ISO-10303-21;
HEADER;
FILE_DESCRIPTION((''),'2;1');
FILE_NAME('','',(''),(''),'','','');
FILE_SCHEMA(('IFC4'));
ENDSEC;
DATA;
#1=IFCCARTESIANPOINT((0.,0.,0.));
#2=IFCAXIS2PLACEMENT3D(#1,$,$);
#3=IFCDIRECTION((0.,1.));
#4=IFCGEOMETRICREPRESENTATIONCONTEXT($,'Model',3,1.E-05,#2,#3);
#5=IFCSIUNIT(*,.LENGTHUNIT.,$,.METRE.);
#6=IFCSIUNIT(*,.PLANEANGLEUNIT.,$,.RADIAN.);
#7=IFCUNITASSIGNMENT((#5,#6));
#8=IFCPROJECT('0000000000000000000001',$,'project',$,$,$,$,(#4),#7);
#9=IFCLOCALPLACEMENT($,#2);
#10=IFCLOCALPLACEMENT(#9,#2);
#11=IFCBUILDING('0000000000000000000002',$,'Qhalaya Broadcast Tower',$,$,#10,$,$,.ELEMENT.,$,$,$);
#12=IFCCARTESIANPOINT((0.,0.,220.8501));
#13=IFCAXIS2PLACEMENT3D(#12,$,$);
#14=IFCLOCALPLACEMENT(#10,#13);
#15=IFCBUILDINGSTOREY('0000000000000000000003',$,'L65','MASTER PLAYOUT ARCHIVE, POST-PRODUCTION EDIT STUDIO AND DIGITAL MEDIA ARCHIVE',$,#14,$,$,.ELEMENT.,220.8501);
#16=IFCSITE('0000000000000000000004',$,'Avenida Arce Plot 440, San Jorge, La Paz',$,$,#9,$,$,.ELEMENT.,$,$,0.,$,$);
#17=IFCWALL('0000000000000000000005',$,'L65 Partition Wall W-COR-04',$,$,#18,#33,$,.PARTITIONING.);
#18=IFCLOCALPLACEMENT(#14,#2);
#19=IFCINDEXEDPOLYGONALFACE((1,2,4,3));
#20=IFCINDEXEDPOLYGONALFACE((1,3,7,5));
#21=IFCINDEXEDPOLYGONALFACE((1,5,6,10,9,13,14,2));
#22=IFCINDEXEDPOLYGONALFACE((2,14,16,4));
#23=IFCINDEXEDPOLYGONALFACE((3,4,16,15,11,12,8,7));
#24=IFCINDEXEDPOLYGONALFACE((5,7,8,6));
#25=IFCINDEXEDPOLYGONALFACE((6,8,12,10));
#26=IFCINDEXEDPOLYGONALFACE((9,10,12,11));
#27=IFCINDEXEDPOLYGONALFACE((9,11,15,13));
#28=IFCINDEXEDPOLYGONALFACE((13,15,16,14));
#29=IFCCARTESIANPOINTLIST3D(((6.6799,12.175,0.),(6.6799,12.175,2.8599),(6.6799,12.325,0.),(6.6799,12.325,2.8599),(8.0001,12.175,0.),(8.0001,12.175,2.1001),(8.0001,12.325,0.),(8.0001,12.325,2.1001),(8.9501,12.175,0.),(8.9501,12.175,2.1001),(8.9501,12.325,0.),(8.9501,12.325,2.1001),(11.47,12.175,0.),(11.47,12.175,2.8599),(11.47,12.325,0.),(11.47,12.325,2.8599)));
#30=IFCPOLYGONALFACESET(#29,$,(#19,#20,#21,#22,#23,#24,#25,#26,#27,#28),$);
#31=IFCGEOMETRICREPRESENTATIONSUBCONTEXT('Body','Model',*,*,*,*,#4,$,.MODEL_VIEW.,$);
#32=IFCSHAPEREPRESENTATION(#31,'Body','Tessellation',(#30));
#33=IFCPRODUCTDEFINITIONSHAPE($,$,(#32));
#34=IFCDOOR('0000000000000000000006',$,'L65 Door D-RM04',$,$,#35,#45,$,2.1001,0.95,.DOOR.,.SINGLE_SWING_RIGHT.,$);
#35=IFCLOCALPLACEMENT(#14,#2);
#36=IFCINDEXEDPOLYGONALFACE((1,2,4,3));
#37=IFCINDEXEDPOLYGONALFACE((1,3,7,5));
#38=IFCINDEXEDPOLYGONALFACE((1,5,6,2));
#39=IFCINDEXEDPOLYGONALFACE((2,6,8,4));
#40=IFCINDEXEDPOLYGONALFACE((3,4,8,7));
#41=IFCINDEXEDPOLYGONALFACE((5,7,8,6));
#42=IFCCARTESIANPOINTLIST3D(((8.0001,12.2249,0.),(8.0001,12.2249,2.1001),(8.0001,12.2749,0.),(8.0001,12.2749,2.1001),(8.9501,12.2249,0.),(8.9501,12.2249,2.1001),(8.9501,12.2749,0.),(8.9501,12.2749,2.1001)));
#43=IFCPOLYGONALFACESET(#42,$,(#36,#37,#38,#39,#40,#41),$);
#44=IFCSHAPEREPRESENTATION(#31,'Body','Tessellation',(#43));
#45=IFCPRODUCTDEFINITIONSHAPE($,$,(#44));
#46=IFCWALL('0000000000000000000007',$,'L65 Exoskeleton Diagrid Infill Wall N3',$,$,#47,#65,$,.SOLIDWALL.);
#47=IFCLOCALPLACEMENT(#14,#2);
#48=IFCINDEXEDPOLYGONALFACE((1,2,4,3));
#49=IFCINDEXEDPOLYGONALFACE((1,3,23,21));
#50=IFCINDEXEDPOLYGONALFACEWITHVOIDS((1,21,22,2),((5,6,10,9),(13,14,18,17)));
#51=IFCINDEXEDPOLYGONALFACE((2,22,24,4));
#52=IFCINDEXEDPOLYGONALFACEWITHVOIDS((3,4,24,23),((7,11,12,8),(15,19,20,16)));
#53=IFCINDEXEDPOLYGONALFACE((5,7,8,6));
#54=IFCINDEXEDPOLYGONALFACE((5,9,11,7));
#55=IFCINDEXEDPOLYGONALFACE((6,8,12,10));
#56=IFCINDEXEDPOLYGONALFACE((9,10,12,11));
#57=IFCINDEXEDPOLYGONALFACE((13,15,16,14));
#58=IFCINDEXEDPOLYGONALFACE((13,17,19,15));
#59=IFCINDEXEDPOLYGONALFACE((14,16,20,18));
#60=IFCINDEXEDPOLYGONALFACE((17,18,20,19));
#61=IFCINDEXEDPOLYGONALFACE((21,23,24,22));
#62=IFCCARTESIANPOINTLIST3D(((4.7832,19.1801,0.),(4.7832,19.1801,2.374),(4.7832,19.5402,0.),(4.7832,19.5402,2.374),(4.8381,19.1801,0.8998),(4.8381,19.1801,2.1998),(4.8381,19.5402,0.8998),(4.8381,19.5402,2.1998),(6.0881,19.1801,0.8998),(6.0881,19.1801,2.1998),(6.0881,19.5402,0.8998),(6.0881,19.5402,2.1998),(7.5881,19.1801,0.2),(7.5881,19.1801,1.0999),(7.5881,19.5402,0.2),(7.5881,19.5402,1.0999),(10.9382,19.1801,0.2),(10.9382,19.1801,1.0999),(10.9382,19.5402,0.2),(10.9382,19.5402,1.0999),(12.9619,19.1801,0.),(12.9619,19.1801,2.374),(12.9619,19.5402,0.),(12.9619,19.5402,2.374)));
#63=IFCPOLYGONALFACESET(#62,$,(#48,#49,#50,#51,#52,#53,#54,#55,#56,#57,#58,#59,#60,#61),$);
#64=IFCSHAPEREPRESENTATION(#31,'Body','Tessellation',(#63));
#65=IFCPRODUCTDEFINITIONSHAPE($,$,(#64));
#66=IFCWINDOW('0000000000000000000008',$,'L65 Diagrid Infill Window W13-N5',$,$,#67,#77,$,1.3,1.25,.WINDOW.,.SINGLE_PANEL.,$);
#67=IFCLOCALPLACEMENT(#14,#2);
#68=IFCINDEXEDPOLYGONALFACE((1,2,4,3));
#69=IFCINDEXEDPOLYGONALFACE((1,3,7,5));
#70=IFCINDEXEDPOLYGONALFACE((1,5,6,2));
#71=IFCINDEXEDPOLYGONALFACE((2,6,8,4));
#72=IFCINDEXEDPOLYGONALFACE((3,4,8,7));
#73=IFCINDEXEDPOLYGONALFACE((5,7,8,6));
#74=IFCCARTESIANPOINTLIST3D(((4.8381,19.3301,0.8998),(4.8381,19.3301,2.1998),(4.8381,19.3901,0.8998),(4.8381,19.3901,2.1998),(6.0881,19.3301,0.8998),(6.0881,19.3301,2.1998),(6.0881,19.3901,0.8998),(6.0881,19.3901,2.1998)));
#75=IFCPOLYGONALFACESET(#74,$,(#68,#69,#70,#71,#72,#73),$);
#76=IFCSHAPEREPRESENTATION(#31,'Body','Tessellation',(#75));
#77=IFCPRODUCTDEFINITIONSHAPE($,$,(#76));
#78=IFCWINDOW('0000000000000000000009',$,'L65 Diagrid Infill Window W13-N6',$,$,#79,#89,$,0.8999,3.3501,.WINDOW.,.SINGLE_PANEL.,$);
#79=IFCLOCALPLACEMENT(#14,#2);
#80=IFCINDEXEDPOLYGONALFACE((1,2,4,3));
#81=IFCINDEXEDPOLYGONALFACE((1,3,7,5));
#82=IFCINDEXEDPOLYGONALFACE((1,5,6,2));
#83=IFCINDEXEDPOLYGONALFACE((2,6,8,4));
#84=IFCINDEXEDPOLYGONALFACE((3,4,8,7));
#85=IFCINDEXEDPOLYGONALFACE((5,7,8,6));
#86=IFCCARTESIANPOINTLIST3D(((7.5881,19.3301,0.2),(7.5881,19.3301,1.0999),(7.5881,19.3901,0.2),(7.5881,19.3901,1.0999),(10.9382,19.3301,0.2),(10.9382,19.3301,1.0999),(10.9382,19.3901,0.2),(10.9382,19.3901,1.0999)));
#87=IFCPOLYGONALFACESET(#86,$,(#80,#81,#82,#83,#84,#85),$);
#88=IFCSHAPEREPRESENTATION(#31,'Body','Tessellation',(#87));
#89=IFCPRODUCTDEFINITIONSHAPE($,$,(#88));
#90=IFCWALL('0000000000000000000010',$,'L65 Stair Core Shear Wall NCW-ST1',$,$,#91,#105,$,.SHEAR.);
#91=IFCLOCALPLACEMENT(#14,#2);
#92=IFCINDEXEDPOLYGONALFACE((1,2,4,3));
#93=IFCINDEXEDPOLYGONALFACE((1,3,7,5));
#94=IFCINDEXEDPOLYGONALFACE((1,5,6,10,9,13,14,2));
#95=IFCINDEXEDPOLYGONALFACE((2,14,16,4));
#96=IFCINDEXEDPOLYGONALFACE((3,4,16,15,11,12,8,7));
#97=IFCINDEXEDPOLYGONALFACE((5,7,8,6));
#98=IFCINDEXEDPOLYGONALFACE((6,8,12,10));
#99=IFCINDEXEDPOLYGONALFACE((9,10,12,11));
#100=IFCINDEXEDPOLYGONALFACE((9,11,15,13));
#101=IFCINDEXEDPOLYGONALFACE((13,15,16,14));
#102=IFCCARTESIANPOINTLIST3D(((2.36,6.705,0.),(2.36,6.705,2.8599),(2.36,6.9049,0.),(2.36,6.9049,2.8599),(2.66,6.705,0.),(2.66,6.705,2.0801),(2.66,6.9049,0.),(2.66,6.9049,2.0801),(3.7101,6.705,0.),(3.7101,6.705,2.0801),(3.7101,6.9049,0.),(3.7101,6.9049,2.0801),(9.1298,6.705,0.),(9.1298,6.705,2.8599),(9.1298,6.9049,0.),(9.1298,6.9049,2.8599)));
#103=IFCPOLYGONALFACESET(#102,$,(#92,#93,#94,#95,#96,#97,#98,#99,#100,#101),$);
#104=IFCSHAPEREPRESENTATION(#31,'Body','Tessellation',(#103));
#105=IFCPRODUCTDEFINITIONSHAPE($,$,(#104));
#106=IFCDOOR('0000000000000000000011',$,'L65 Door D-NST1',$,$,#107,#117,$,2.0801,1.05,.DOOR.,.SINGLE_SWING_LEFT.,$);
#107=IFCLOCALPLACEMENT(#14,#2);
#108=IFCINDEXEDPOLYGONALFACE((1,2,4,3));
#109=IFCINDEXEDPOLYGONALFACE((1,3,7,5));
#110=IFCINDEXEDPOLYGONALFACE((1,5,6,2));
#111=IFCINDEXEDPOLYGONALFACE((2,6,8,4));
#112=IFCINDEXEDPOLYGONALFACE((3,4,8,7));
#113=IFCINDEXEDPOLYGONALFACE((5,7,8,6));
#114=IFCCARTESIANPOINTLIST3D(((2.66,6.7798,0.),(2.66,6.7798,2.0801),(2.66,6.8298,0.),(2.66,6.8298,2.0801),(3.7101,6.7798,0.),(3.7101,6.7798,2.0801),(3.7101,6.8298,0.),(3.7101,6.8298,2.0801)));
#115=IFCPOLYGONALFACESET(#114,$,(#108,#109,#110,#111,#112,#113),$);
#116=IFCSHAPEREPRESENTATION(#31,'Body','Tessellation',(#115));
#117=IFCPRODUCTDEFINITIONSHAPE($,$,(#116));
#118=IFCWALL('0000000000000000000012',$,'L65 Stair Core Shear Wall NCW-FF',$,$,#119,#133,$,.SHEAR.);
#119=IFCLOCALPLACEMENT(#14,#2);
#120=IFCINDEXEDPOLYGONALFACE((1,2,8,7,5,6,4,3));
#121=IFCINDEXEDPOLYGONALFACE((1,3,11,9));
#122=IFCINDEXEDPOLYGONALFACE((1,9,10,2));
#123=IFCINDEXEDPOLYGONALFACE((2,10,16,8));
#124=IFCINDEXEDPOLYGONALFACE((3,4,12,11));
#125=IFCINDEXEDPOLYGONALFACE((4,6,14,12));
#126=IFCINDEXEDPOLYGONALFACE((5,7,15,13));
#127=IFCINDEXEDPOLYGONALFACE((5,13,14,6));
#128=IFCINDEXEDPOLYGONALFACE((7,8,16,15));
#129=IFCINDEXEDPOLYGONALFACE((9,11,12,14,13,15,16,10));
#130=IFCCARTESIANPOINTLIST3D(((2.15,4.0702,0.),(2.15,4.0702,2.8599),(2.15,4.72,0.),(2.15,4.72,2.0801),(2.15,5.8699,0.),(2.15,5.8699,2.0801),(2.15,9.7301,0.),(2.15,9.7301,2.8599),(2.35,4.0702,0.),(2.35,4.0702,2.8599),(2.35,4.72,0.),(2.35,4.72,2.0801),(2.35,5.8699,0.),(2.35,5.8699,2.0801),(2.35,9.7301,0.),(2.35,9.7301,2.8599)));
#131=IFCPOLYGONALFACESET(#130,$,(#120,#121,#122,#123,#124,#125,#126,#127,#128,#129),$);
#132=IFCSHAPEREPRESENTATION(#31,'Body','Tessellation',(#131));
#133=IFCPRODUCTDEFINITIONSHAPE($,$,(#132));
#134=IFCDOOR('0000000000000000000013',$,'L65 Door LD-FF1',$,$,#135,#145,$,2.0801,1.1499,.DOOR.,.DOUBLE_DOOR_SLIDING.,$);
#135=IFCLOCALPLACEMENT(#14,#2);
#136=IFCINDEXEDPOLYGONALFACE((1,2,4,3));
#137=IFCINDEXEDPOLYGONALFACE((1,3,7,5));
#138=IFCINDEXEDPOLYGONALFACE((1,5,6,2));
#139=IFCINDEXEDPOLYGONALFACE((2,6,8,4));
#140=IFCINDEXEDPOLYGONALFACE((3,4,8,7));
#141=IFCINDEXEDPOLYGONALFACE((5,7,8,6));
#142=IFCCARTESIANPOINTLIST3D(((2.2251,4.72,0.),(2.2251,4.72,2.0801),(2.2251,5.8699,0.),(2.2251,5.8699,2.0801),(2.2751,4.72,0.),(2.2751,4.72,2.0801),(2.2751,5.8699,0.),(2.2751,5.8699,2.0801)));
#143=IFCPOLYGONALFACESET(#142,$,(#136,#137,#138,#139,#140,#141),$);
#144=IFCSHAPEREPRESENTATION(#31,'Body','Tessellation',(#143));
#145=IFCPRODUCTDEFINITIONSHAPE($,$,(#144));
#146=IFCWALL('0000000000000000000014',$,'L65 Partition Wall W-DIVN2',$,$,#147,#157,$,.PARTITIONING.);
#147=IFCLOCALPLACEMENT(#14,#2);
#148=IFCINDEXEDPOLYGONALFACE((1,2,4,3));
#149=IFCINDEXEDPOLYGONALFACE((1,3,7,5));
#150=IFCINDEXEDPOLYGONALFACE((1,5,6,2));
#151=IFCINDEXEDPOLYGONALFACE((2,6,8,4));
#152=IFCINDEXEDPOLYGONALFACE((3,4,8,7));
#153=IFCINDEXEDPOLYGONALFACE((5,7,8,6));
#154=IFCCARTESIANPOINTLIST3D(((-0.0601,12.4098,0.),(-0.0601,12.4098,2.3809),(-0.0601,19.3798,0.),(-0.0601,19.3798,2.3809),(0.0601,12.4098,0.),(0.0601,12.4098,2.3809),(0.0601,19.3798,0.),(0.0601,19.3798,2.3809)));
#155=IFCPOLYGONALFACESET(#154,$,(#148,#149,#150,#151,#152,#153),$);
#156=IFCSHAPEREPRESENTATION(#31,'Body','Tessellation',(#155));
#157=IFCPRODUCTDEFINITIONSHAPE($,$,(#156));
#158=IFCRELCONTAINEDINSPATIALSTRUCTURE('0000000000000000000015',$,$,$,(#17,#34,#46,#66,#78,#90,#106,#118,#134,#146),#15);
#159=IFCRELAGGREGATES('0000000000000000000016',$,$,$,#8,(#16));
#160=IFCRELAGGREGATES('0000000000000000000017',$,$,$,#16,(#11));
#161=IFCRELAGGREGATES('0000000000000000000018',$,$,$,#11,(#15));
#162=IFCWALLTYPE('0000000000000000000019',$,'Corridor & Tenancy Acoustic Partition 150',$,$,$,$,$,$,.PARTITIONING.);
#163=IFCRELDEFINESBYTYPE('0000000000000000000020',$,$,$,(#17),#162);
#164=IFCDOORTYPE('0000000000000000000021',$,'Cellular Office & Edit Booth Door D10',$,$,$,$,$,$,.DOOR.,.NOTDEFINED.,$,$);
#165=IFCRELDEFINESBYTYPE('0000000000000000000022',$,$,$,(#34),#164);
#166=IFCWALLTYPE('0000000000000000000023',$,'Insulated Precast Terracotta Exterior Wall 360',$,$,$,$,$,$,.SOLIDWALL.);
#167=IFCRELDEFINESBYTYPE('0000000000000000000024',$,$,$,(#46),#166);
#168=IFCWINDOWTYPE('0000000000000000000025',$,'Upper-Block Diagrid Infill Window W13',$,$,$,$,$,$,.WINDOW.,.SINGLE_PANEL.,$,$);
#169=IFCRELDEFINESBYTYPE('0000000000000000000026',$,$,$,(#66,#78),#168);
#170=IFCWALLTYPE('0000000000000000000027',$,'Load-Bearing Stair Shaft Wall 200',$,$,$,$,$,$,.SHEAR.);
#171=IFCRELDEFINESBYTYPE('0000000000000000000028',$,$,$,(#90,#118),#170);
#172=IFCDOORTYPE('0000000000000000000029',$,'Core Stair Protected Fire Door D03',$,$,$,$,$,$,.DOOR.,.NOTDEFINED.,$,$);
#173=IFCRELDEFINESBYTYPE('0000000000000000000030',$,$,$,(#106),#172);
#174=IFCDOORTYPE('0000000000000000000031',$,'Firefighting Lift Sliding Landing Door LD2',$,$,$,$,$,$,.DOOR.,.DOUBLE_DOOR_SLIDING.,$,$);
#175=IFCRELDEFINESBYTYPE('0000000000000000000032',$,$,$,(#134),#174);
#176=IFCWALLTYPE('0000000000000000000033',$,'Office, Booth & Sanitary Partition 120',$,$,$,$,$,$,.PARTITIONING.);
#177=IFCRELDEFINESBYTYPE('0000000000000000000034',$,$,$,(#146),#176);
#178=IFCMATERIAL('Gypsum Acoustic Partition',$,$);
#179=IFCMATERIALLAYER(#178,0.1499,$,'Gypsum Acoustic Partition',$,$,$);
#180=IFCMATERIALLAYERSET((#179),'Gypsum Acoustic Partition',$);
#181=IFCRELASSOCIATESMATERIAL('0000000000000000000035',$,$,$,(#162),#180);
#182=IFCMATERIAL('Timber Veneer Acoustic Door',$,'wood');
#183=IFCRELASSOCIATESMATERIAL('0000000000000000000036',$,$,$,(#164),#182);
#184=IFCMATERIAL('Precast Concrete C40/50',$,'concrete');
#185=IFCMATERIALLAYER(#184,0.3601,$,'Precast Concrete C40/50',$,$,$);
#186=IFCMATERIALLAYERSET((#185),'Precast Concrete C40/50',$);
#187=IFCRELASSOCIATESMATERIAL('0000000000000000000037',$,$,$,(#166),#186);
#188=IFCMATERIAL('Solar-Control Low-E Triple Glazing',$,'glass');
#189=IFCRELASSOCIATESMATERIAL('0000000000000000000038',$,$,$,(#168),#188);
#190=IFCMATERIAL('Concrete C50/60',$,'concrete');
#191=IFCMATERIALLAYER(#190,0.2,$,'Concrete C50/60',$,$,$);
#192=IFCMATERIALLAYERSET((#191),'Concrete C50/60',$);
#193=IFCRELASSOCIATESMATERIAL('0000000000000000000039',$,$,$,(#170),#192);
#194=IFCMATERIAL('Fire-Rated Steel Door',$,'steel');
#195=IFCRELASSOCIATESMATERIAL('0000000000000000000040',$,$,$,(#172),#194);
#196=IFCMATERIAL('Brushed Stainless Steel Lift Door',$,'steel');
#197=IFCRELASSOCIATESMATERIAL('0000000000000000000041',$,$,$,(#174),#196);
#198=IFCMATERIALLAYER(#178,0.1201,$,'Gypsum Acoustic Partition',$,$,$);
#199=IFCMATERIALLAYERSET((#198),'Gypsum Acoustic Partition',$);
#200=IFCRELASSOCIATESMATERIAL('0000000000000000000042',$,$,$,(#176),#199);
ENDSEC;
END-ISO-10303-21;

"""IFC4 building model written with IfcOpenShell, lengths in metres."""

from ifc_helpers import new_model, si_unit, direction, frame, frame_2d, origin, place, context, subcontext, project, spatial, rectangle, extrude, material, layer, layer_set, type_object, element, fill, save


model = new_model("IFC4")

# Units and contexts
model_context = context("Model", 3, precision=1e-05, world=origin(), true_north=direction((0.0, 1.0)))
body_context = subcontext(model_context, "Body", "Model", "MODEL_VIEW")
ifc_project = project(units=[si_unit("LENGTHUNIT", "METRE"), si_unit("PLANEANGLEUNIT", "RADIAN")], contexts=[model_context])

# Site, building, storey
site_placement = place(None, origin())
site = spatial("IfcSite", under=ifc_project, at=site_placement, Name="Avenida Arce Plot 440, San Jorge, La Paz", CompositionType="ELEMENT", RefElevation=0.0)
building_placement = place(site_placement, origin())
building = spatial("IfcBuilding", under=site, at=building_placement, Name="Qhalaya Broadcast Tower", CompositionType="ELEMENT")
storey_placement = place(building_placement, frame((0.0, 0.0, 220.8501)))
storey = spatial("IfcBuildingStorey", under=building, at=storey_placement, Name="L65", Description="MASTER PLAYOUT ARCHIVE, POST-PRODUCTION EDIT STUDIO AND DIGITAL MEDIA ARCHIVE", CompositionType="ELEMENT", Elevation=220.8501)

# Shared definitions
ifc_material_1 = material(Name="Concrete C50/60", Category="concrete")

# Wall, opening, door
ifc_material_2 = material(Name="Gypsum Acoustic Partition")
ifc_layer_1 = layer(ifc_material_2, 0.1499, Name="Gypsum Acoustic Partition")
ifc_layer_set_1 = layer_set([ifc_layer_1], Name="Gypsum Acoustic Partition")
wall_type_1 = type_object("IfcWallType", Name="Corridor & Tenancy Acoustic Partition 150", PredefinedType="PARTITIONING", material=ifc_layer_set_1)
ifc_material_3 = material(Name="Timber Veneer Acoustic Door", Category="wood")
door_type_1 = type_object("IfcDoorType", Name="Cellular Office & Edit Booth Door D10", OperationType="NOTDEFINED", PredefinedType="DOOR", material=ifc_material_3)
wall_1_placement = place(storey_placement, frame((6.6799, 12.25, 0.0), z_axis=(0.0, 0.0, 1.0), x_axis=(1.0, 0.0, 0.0)))
wall_1 = element("IfcWall", 1, at=wall_1_placement, inside=storey, type_object=wall_type_1, Name="L65 Partition Wall W-COR-04", PredefinedType="PARTITIONING", context=body_context, shape_type="SweptSolid", body=[
    extrude(rectangle(XDim=4.79, YDim=0.1499, at=frame_2d((2.395, 0.0))), origin(), (0.0, 0.0, 1.0), 2.8599),
])
opening_1_placement = place(wall_1_placement, frame((1.3201, 0.0, 0.0)))
opening_1 = element("IfcOpeningElement", 2, at=opening_1_placement, cuts=wall_1, PredefinedType="OPENING", context=body_context, shape_type="SweptSolid", body=[
    extrude(rectangle(XDim=0.95, YDim=2.1001, at=frame_2d((0.4751, 1.05))), frame((0.0, 0.0869, 0.0), z_axis=(0.0, -1.0, 0.0), x_axis=(1.0, 0.0, 0.0)), (0.0, 0.0, 1.0), 0.1738),
])
door_1_placement = place(opening_1_placement, origin())
door_1 = element("IfcDoor", 3, at=door_1_placement, inside=storey, type_object=door_type_1, Name="L65 Door D-RM04", OperationType="SINGLE_SWING_RIGHT", OverallHeight=2.1001, OverallWidth=0.95, PredefinedType="DOOR", context=body_context, shape_type="SweptSolid", body=[
    extrude(rectangle(XDim=0.95, YDim=2.1001, at=frame_2d((0.4751, 1.05))), frame((0.0, 0.0249, 0.0), z_axis=(0.0, -1.0, 0.0), x_axis=(1.0, 0.0, 0.0)), (0.0, 0.0, 1.0), 0.05),
])
fill(opening_1, door_1)

# Wall, openings, windows
ifc_material_4 = material(Name="Precast Concrete C40/50", Category="concrete")
ifc_layer_2 = layer(ifc_material_4, 0.3601, Name="Precast Concrete C40/50")
ifc_layer_set_2 = layer_set([ifc_layer_2], Name="Precast Concrete C40/50")
wall_type_2 = type_object("IfcWallType", Name="Insulated Precast Terracotta Exterior Wall 360", PredefinedType="SOLIDWALL", material=ifc_layer_set_2)
wall_2_placement = place(storey_placement, frame((4.7832, 19.3601, 0.0), z_axis=(0.0, 0.0, 1.0), x_axis=(1.0, 0.0, 0.0)))
wall_2 = element("IfcWall", 4, at=wall_2_placement, inside=storey, type_object=wall_type_2, Name="L65 Exoskeleton Diagrid Infill Wall N3", PredefinedType="SOLIDWALL", context=body_context, shape_type="SweptSolid", body=[
    extrude(rectangle(XDim=8.1787, YDim=0.3601, at=frame_2d((4.0894, 0.0))), origin(), (0.0, 0.0, 1.0), 2.374),
])
opening_2_placement = place(wall_2_placement, frame((0.0549, 0.0, 0.8999)))
opening_2 = element("IfcOpeningElement", 5, at=opening_2_placement, cuts=wall_2, PredefinedType="OPENING", context=body_context, shape_type="SweptSolid", body=[
    extrude(rectangle(XDim=1.25, YDim=1.3, at=frame_2d((0.625, 0.6499))), frame((0.0, 0.1921, 0.0), z_axis=(0.0, -1.0, 0.0), x_axis=(1.0, 0.0, 0.0)), (0.0, 0.0, 1.0), 0.384),
])
opening_3_placement = place(wall_2_placement, frame((2.8049, 0.0, 0.2)))
opening_3 = element("IfcOpeningElement", 6, at=opening_3_placement, cuts=wall_2, PredefinedType="OPENING", context=body_context, shape_type="SweptSolid", body=[
    extrude(rectangle(XDim=3.3501, YDim=0.8999, at=frame_2d((1.675, 0.45))), frame((0.0, 0.1921, 0.0), z_axis=(0.0, -1.0, 0.0), x_axis=(1.0, 0.0, 0.0)), (0.0, 0.0, 1.0), 0.384),
])
ifc_material_5 = material(Name="Solar-Control Low-E Triple Glazing", Category="glass")
window_type = type_object("IfcWindowType", Name="Upper-Block Diagrid Infill Window W13", PartitioningType="SINGLE_PANEL", PredefinedType="WINDOW", material=ifc_material_5)
window_1_placement = place(opening_2_placement, origin())
window_1 = element("IfcWindow", 7, at=window_1_placement, inside=storey, type_object=window_type, Name="L65 Diagrid Infill Window W13-N5", OverallHeight=1.3, OverallWidth=1.25, PartitioningType="SINGLE_PANEL", PredefinedType="WINDOW", context=body_context, shape_type="SweptSolid", body=[
    extrude(rectangle(XDim=1.25, YDim=1.3, at=frame_2d((0.625, 0.6499))), frame((0.0, 0.03, 0.0), z_axis=(0.0, -1.0, 0.0), x_axis=(1.0, 0.0, 0.0)), (0.0, 0.0, 1.0), 0.0601),
])
fill(opening_2, window_1)
window_2_placement = place(opening_3_placement, origin())
window_2 = element("IfcWindow", 8, at=window_2_placement, inside=storey, type_object=window_type, Name="L65 Diagrid Infill Window W13-N6", OverallHeight=0.8999, OverallWidth=3.3501, PartitioningType="SINGLE_PANEL", PredefinedType="WINDOW", context=body_context, shape_type="SweptSolid", body=[
    extrude(rectangle(XDim=3.3501, YDim=0.8999, at=frame_2d((1.675, 0.45))), frame((0.0, 0.03, 0.0), z_axis=(0.0, -1.0, 0.0), x_axis=(1.0, 0.0, 0.0)), (0.0, 0.0, 1.0), 0.0601),
])
fill(opening_3, window_2)

# Walls, openings, doors
ifc_layer_3 = layer(ifc_material_1, 0.2, Name="Concrete C50/60")
ifc_layer_set_3 = layer_set([ifc_layer_3], Name="Concrete C50/60")
wall_type_3 = type_object("IfcWallType", Name="Load-Bearing Stair Shaft Wall 200", PredefinedType="SHEAR", material=ifc_layer_set_3)
wall_3_placement = place(storey_placement, frame((2.3601, 6.8049, 0.0), z_axis=(0.0, 0.0, 1.0), x_axis=(1.0, 0.0, 0.0)))
wall_3 = element("IfcWall", 9, at=wall_3_placement, inside=storey, type_object=wall_type_3, Name="L65 Stair Core Shear Wall NCW-ST1", PredefinedType="SHEAR", context=body_context, shape_type="SweptSolid", body=[
    extrude(rectangle(XDim=6.7698, YDim=0.2, at=frame_2d((3.3848, 0.0))), origin(), (0.0, 0.0, 1.0), 2.8599),
])
opening_4_placement = place(wall_3_placement, frame((0.3, 0.0, 0.0)))
opening_4 = element("IfcOpeningElement", 10, at=opening_4_placement, cuts=wall_3, PredefinedType="OPENING", context=body_context, shape_type="SweptSolid", body=[
    extrude(rectangle(XDim=1.05, YDim=2.0801, at=frame_2d((0.5249, 1.04))), frame((0.0, 0.1121, 0.0), z_axis=(0.0, -1.0, 0.0), x_axis=(1.0, 0.0, 0.0)), (0.0, 0.0, 1.0), 0.2239),
])
ifc_material_6 = material(Name="Fire-Rated Steel Door", Category="steel")
door_type_2 = type_object("IfcDoorType", Name="Core Stair Protected Fire Door D03", OperationType="NOTDEFINED", PredefinedType="DOOR", material=ifc_material_6)
door_2_placement = place(opening_4_placement, origin())
door_2 = element("IfcDoor", 11, at=door_2_placement, inside=storey, type_object=door_type_2, Name="L65 Door D-NST1", OperationType="SINGLE_SWING_LEFT", OverallHeight=2.0801, OverallWidth=1.05, PredefinedType="DOOR", context=body_context, shape_type="SweptSolid", body=[
    extrude(rectangle(XDim=1.05, YDim=2.0801, at=frame_2d((0.5249, 1.04))), frame((0.0, 0.0249, 0.0), z_axis=(0.0, -1.0, 0.0), x_axis=(1.0, 0.0, 0.0)), (0.0, 0.0, 1.0), 0.05),
])
fill(opening_4, door_2)
wall_4_placement = place(storey_placement, frame((2.25, 4.0701, 0.0), z_axis=(0.0, 0.0, 1.0), x_axis=(0.0, 1.0, 0.0)))
wall_4 = element("IfcWall", 12, at=wall_4_placement, inside=storey, type_object=wall_type_3, Name="L65 Stair Core Shear Wall NCW-FF", PredefinedType="SHEAR", context=body_context, shape_type="SweptSolid", body=[
    extrude(rectangle(XDim=5.6599, YDim=0.2, at=frame_2d((2.8301, 0.0))), origin(), (0.0, 0.0, 1.0), 2.8599),
])
opening_5_placement = place(wall_4_placement, frame((0.6499, 0.0, 0.0)))
opening_5 = element("IfcOpeningElement", 13, at=opening_5_placement, cuts=wall_4, PredefinedType="OPENING", context=body_context, shape_type="SweptSolid", body=[
    extrude(rectangle(XDim=1.1499, YDim=2.0801, at=frame_2d((0.575, 1.04))), frame((0.0, 0.1121, 0.0), z_axis=(0.0, -1.0, 0.0), x_axis=(1.0, 0.0, 0.0)), (0.0, 0.0, 1.0), 0.2239),
])
ifc_material_7 = material(Name="Brushed Stainless Steel Lift Door", Category="steel")
door_type_3 = type_object("IfcDoorType", Name="Firefighting Lift Sliding Landing Door LD2", OperationType="DOUBLE_DOOR_SLIDING", PredefinedType="DOOR", material=ifc_material_7)
door_3_placement = place(opening_5_placement, origin())
door_3 = element("IfcDoor", 14, at=door_3_placement, inside=storey, type_object=door_type_3, Name="L65 Door LD-FF1", OperationType="DOUBLE_DOOR_SLIDING", OverallHeight=2.0801, OverallWidth=1.1499, PredefinedType="DOOR", context=body_context, shape_type="SweptSolid", body=[
    extrude(rectangle(XDim=1.1499, YDim=2.0801, at=frame_2d((0.575, 1.04))), frame((0.0, 0.0249, 0.0), z_axis=(0.0, -1.0, 0.0), x_axis=(1.0, 0.0, 0.0)), (0.0, 0.0, 1.0), 0.05),
])
fill(opening_5, door_3)

# Wall
ifc_layer_4 = layer(ifc_material_2, 0.1201, Name="Gypsum Acoustic Partition")
ifc_layer_set_4 = layer_set([ifc_layer_4], Name="Gypsum Acoustic Partition")
wall_type_4 = type_object("IfcWallType", Name="Office, Booth & Sanitary Partition 120", PredefinedType="PARTITIONING", material=ifc_layer_set_4)
for number, where, z_axis, x_axis, name in (
    (15, (0.0, 12.4099, 0.0), (0.0, 0.0, 1.0), (0.0, 1.0, 0.0), "L65 Partition Wall W-DIVN2"),
):
    element("IfcWall", number, at=place(storey_placement, frame(where, z_axis=z_axis, x_axis=x_axis)), inside=storey, type_object=wall_type_4, Name=name, PredefinedType="PARTITIONING", context=body_context, shape_type="SweptSolid", body=[
        extrude(rectangle(XDim=6.97, YDim=0.1201, at=frame_2d((3.4849, 0.0))), origin(), (0.0, 0.0, 1.0), 2.3809),
    ])

save(model, "model.ifc")
